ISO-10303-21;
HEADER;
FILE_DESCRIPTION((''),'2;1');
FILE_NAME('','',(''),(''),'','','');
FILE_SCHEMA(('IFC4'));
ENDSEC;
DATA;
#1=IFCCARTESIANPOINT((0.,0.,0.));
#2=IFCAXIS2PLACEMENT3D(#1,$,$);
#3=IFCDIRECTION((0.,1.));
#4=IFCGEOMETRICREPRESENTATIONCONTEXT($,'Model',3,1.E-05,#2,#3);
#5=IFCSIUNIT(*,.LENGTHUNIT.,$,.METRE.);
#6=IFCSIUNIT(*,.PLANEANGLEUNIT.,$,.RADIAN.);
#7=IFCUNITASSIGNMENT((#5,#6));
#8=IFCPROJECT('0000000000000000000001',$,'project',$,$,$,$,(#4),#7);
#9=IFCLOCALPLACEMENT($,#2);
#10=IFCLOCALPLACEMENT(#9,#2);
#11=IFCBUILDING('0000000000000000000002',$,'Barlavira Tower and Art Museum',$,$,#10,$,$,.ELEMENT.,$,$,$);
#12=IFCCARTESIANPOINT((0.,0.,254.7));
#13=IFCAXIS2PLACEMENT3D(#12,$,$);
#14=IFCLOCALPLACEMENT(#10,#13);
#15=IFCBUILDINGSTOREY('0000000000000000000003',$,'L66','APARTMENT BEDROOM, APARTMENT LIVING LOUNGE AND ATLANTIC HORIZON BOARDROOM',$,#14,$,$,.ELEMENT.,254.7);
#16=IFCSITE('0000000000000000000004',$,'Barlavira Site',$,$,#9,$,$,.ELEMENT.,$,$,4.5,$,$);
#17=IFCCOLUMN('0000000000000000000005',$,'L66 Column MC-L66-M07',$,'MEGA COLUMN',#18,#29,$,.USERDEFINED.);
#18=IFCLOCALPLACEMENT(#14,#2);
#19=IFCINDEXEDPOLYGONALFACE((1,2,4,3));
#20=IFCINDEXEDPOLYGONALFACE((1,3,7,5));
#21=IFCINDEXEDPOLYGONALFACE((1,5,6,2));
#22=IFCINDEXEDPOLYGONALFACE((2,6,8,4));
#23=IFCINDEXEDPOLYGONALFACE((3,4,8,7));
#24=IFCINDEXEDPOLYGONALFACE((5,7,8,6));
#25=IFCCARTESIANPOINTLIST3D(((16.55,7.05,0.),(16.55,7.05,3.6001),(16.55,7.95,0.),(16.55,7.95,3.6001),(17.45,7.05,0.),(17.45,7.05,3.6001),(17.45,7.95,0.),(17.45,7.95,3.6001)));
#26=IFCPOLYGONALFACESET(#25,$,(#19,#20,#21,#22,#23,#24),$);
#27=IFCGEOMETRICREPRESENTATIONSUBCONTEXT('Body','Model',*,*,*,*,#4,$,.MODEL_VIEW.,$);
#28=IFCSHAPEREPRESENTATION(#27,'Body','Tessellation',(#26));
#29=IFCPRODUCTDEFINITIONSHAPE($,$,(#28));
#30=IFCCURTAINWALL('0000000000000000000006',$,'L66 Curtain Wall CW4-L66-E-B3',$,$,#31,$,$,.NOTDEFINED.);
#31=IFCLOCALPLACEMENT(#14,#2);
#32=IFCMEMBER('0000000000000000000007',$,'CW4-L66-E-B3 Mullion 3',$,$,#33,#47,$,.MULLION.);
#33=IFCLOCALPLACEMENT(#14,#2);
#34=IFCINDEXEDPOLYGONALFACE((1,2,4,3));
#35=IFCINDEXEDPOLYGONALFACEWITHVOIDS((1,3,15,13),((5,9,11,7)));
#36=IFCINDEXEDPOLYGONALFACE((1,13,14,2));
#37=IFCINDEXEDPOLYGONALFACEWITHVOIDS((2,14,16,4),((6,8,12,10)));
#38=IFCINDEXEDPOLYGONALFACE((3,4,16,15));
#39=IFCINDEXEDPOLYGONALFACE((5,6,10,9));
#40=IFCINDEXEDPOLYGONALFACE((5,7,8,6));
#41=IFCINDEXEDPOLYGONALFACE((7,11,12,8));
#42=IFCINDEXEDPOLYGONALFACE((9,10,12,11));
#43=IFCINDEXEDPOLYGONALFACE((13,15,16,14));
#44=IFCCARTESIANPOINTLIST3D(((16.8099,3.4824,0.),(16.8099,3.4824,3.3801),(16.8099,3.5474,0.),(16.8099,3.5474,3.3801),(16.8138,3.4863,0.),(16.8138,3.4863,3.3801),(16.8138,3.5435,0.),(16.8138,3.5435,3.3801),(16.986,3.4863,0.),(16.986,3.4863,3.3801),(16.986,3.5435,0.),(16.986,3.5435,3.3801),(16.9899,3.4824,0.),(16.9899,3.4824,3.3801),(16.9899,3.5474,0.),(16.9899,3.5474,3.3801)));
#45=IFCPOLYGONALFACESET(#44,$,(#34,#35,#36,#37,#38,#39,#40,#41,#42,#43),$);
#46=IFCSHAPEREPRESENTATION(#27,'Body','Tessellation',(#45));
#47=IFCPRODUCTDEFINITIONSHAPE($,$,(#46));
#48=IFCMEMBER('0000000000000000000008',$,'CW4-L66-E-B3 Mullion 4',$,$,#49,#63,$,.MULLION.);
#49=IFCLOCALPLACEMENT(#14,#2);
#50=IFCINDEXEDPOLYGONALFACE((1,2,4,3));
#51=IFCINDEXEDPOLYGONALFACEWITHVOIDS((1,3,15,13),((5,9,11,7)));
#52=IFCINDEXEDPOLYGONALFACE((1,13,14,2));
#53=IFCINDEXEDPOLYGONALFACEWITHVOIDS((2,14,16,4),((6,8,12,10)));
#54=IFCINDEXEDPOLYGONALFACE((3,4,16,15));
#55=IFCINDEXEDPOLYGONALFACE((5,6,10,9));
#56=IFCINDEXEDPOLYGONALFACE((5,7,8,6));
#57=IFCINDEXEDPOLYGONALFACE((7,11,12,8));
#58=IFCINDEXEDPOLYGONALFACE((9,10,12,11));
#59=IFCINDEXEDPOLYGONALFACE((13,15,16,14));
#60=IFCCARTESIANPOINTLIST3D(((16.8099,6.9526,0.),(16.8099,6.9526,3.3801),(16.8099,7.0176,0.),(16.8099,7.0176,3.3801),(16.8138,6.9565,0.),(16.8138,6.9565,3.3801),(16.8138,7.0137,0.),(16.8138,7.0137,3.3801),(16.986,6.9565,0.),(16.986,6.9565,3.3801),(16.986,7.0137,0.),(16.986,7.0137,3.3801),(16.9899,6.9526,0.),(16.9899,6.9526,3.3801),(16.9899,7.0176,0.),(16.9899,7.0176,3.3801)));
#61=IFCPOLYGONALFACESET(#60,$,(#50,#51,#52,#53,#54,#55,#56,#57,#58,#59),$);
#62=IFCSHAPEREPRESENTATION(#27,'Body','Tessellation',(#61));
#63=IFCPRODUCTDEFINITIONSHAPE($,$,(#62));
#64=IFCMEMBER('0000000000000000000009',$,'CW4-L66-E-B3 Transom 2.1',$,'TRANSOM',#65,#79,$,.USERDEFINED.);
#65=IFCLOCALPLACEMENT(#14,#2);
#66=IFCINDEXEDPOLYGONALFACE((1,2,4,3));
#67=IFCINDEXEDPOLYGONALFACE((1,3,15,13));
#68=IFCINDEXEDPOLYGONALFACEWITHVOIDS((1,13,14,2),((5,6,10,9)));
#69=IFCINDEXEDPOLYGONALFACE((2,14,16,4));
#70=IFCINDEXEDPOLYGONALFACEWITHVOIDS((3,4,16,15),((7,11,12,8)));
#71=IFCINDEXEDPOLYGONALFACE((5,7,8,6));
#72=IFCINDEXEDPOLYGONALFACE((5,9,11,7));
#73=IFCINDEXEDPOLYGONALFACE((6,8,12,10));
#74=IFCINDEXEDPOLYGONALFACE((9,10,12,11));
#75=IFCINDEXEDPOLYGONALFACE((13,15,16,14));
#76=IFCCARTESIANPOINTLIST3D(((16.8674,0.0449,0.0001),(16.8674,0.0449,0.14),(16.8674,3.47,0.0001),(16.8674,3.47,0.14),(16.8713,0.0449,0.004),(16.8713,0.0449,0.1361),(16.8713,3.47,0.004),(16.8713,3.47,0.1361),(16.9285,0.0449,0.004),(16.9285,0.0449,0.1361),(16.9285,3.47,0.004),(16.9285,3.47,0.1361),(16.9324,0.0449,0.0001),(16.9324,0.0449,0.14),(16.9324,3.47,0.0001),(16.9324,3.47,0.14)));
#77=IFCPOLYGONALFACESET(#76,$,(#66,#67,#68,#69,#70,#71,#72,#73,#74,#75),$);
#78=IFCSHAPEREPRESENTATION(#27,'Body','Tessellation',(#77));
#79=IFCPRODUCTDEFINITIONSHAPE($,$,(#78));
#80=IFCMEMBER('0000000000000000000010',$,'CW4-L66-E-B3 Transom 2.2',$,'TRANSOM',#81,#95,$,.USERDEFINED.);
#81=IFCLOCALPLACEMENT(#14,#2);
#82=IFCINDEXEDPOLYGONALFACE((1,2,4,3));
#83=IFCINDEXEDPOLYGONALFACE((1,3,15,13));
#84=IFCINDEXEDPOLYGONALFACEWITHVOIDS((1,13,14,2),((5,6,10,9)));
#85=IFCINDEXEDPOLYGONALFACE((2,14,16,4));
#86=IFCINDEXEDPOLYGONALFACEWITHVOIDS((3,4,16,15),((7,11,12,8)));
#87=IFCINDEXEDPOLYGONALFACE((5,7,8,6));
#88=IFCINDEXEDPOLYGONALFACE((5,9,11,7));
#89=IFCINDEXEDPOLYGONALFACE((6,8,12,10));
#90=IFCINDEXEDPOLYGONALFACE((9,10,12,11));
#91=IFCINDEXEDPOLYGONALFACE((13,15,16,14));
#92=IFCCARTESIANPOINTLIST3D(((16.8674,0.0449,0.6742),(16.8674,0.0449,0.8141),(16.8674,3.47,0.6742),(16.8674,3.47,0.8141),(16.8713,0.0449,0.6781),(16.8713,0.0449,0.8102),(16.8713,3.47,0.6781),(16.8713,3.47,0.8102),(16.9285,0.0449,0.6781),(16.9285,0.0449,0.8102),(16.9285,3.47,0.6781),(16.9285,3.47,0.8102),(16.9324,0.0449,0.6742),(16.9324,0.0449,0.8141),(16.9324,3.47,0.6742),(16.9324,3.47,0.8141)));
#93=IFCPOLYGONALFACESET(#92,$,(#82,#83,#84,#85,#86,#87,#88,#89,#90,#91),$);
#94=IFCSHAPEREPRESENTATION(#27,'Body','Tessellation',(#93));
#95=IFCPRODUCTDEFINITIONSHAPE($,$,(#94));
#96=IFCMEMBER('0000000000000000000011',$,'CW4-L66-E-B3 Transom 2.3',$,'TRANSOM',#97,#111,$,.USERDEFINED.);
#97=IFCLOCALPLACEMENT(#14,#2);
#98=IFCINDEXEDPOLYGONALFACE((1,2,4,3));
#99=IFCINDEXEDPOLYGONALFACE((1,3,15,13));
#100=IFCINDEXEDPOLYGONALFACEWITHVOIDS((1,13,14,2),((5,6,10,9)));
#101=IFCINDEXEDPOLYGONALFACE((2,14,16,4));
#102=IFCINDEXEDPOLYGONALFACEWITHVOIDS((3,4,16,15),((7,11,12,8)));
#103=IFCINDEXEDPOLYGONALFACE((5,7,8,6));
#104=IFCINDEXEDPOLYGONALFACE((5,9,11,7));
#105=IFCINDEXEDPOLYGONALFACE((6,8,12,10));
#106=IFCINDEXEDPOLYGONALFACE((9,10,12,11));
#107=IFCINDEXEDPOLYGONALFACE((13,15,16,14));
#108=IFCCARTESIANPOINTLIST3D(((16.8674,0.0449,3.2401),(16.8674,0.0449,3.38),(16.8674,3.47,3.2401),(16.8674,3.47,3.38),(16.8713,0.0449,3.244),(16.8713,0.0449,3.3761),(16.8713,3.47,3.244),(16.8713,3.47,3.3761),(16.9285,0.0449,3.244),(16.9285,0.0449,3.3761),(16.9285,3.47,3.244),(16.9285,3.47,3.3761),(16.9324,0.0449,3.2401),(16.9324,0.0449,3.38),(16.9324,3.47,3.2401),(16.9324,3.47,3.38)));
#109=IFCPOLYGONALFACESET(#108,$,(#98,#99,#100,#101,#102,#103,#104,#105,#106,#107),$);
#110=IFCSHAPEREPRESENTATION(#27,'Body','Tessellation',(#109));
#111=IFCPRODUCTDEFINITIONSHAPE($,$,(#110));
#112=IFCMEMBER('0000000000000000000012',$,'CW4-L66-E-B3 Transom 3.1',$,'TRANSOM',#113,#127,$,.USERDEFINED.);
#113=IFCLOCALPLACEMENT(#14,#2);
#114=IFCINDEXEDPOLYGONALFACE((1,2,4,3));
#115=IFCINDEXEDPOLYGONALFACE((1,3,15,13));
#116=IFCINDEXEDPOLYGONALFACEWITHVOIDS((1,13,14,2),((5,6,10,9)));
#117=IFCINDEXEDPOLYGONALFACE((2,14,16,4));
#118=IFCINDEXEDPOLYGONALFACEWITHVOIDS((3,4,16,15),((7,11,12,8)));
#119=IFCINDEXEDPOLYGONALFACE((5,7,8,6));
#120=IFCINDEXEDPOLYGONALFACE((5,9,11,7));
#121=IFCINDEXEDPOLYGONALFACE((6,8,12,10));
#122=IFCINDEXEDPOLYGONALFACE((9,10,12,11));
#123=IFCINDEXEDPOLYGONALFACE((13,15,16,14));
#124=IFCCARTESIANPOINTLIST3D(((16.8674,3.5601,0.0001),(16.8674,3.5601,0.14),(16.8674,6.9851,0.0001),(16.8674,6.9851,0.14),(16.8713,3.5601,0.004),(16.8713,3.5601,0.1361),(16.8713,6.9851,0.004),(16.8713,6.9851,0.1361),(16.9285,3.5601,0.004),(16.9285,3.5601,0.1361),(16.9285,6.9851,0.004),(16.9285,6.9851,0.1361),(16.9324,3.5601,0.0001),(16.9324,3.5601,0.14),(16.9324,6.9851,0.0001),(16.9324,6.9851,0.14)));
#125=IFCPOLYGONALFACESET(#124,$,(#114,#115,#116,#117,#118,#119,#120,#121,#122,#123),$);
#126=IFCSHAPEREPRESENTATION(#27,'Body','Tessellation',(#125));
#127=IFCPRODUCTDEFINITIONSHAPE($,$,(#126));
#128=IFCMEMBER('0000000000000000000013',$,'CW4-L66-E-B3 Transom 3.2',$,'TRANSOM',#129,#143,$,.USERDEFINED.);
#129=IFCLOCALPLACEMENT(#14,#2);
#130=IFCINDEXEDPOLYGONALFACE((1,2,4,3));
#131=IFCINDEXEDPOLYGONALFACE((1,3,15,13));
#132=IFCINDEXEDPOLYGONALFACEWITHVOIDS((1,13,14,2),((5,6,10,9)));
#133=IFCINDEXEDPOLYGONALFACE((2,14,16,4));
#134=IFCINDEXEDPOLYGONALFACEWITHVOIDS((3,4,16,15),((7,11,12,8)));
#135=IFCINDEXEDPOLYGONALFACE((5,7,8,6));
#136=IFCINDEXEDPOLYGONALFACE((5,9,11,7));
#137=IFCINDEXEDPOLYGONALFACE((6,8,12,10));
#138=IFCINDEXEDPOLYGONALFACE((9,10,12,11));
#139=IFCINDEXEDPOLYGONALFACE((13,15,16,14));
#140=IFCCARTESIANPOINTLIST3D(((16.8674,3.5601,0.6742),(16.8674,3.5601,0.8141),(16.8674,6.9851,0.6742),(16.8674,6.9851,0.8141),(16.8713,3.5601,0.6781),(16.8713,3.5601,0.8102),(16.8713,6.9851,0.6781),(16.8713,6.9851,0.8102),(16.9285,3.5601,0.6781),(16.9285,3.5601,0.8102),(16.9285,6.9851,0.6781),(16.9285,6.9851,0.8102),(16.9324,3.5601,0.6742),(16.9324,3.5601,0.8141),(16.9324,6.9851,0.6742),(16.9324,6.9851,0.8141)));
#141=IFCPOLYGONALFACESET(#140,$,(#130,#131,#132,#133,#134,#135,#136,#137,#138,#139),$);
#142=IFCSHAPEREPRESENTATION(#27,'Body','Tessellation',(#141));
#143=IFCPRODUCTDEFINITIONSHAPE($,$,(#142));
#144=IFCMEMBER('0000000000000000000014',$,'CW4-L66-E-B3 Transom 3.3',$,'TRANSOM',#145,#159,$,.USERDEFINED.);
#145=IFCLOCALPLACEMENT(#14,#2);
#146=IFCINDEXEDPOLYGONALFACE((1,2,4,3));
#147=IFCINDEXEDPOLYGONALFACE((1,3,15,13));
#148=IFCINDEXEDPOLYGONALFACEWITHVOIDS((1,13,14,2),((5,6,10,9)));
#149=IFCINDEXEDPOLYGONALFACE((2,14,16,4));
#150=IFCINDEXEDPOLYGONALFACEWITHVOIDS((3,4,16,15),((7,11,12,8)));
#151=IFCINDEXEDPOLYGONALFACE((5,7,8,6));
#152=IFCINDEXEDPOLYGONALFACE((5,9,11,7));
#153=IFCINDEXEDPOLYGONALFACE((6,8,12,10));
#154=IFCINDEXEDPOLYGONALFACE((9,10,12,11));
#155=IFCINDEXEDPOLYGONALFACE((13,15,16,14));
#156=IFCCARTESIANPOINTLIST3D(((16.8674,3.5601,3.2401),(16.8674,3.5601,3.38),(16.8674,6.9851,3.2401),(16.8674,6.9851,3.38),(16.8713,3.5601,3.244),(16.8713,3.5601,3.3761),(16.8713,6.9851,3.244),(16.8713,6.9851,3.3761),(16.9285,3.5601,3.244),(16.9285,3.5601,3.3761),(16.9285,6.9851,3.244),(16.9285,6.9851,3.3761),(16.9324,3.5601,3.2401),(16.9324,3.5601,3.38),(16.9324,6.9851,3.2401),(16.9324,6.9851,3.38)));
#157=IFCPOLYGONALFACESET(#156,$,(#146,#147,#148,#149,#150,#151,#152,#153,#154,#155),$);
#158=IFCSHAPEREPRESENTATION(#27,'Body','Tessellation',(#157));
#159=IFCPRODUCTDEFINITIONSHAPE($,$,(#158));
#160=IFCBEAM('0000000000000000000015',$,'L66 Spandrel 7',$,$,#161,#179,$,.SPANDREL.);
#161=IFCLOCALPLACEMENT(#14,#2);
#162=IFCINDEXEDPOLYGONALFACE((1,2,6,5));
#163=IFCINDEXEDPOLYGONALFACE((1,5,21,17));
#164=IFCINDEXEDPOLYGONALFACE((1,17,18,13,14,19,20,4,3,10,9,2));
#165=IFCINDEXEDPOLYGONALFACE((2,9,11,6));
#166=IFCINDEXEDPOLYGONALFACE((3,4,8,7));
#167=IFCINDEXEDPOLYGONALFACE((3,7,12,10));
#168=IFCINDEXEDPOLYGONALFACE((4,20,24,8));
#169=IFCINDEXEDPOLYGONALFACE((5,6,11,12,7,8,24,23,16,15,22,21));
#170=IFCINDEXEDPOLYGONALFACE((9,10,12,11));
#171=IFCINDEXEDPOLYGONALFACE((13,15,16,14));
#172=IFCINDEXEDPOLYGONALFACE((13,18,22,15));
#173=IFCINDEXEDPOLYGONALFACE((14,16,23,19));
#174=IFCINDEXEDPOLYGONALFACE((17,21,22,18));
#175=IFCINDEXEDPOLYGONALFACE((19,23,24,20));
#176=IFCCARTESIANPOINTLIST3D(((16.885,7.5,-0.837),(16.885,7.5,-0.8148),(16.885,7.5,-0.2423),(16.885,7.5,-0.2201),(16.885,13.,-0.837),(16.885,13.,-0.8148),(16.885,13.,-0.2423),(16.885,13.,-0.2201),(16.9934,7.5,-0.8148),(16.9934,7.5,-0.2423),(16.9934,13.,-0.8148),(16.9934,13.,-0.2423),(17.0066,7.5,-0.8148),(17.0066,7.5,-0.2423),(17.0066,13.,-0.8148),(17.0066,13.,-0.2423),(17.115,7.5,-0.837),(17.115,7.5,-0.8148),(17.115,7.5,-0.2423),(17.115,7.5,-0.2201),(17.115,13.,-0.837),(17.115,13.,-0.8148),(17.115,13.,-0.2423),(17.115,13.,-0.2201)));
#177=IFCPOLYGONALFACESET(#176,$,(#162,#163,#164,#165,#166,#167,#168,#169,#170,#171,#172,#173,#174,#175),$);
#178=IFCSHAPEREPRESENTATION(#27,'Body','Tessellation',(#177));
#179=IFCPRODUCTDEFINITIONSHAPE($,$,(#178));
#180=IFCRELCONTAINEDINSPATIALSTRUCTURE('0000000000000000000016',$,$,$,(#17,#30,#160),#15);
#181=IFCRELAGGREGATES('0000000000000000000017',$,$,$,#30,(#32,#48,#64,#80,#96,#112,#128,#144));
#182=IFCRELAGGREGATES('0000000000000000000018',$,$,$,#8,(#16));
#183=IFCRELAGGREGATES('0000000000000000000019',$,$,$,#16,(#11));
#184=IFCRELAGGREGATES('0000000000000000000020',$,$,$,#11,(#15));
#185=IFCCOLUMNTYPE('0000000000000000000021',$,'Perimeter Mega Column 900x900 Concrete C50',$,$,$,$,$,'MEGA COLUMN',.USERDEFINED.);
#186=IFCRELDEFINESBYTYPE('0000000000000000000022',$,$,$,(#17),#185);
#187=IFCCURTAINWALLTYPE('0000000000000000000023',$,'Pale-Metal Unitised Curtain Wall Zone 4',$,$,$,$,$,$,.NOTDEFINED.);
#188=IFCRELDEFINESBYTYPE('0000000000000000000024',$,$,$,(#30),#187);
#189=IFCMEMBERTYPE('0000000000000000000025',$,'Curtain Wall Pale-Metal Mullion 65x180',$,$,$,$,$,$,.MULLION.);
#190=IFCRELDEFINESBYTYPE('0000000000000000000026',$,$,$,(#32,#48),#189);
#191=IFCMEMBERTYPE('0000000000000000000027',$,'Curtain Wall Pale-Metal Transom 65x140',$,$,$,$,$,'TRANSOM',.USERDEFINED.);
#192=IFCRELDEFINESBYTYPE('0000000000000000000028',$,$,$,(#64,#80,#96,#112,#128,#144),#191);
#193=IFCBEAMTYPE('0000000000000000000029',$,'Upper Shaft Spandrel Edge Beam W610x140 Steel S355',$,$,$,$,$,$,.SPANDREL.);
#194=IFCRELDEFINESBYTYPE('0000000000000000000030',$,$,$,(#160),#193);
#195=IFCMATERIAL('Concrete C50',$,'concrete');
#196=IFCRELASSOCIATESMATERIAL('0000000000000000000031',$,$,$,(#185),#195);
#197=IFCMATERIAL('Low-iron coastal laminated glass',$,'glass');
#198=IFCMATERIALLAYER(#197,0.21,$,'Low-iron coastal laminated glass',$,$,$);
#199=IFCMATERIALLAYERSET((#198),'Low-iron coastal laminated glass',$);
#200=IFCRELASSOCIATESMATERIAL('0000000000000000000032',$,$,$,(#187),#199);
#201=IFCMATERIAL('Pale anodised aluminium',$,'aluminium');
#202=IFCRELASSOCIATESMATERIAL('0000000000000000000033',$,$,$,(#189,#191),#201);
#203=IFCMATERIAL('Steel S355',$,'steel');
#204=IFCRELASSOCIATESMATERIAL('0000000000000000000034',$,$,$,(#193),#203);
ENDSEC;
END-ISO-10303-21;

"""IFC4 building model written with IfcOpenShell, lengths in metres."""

from ifc_helpers import new_model, si_unit, direction, frame, origin, origin_2d, place, context, subcontext, project, spatial, rectangle, hollow_rectangle, i_section, extrude, material, layer, layer_set, material_profile, profile_set, type_object, element, aggregate, save


model = new_model("IFC4")

# Units and contexts
model_context = context("Model", 3, precision=1e-05, world=origin(), true_north=direction((0.0, 1.0)))
body_context = subcontext(model_context, "Body", "Model", "MODEL_VIEW")
ifc_project = project(units=[si_unit("LENGTHUNIT", "METRE"), si_unit("PLANEANGLEUNIT", "RADIAN")], contexts=[model_context])

# Site, building, storey
site_placement = place(None, origin())
site = spatial("IfcSite", under=ifc_project, at=site_placement, Name="Barlavira Site", CompositionType="ELEMENT", RefElevation=4.5)
building_placement = place(site_placement, origin())
building = spatial("IfcBuilding", under=site, at=building_placement, Name="Barlavira Tower and Art Museum", CompositionType="ELEMENT")
storey_placement = place(building_placement, frame((0.0, 0.0, 254.7)))
storey = spatial("IfcBuildingStorey", under=building, at=storey_placement, Name="L66", Description="APARTMENT BEDROOM, APARTMENT LIVING LOUNGE AND ATLANTIC HORIZON BOARDROOM", CompositionType="ELEMENT", Elevation=254.7)

# Column
ifc_material_1 = material(Name="Concrete C50", Category="concrete")
ifc_material_profile_1 = material_profile(ifc_material_1, rectangle(XDim=0.8999, YDim=0.8999, at=origin_2d()), Name="RC-COL 900x900")
ifc_profile_set_1 = profile_set([ifc_material_profile_1], Name="Concrete C50")
column_type = type_object("IfcColumnType", Name="Perimeter Mega Column 900x900 Concrete C50", ElementType="MEGA COLUMN", PredefinedType="USERDEFINED", material=ifc_profile_set_1)
column_placement = place(storey_placement, frame((17.0, 7.5, 0.0), z_axis=(0.0, 0.0, 1.0), x_axis=(1.0, 0.0, 0.0)))
element("IfcColumn", 1, at=column_placement, inside=storey, type_object=column_type, Name="L66 Column MC-L66-M07", ObjectType="MEGA COLUMN", PredefinedType="USERDEFINED", context=body_context, shape_type="SweptSolid", body=[
    extrude(rectangle(XDim=0.8999, YDim=0.8999, at=origin_2d()), origin(), (0.0, 0.0, 1.0), 3.6001),
])

# Curtain wall, members
ifc_material_2 = material(Name="Low-iron coastal laminated glass", Category="glass")
ifc_layer_1 = layer(ifc_material_2, 0.21, Name="Low-iron coastal laminated glass")
ifc_layer_set_1 = layer_set([ifc_layer_1], Name="Low-iron coastal laminated glass")
curtain_wall_type = type_object("IfcCurtainWallType", Name="Pale-Metal Unitised Curtain Wall Zone 4", PredefinedType="NOTDEFINED", material=ifc_layer_set_1)
curtain_wall_placement = place(storey_placement, origin())
curtain_wall = element("IfcCurtainWall", 2, at=curtain_wall_placement, inside=storey, type_object=curtain_wall_type, Name="L66 Curtain Wall CW4-L66-E-B3", PredefinedType="NOTDEFINED")
ifc_material_3 = material(Name="Pale anodised aluminium", Category="aluminium")
ifc_material_profile_2 = material_profile(ifc_material_3, hollow_rectangle(XDim=0.0649, YDim=0.1799, WallThickness=0.0039, at=origin_2d()), Name="ALU-MULL 65x180x4")
ifc_profile_set_2 = profile_set([ifc_material_profile_2], Name="Pale anodised aluminium")
member_type_1 = type_object("IfcMemberType", Name="Curtain Wall Pale-Metal Mullion 65x180", PredefinedType="MULLION", material=ifc_profile_set_2)
member_1_placement = place(storey_placement, frame((16.8999, 3.5149, 0.0), z_axis=(0.0, 0.0, 1.0), x_axis=(0.0, 1.0, 0.0)))
member_1 = element("IfcMember", 3, at=member_1_placement, type_object=member_type_1, Name="CW4-L66-E-B3 Mullion 3", PredefinedType="MULLION", context=body_context, shape_type="SweptSolid", body=[
    extrude(hollow_rectangle(XDim=0.0649, YDim=0.1799, WallThickness=0.0039, at=origin_2d()), origin(), (0.0, 0.0, 1.0), 3.3801),
])
member_2_placement = place(storey_placement, frame((16.8999, 6.9851, 0.0), z_axis=(0.0, 0.0, 1.0), x_axis=(0.0, 1.0, 0.0)))
member_2 = element("IfcMember", 4, at=member_2_placement, type_object=member_type_1, Name="CW4-L66-E-B3 Mullion 4", PredefinedType="MULLION", context=body_context, shape_type="SweptSolid", body=[
    extrude(hollow_rectangle(XDim=0.0649, YDim=0.1799, WallThickness=0.0039, at=origin_2d()), origin(), (0.0, 0.0, 1.0), 3.3801),
])
ifc_material_profile_3 = material_profile(ifc_material_3, hollow_rectangle(XDim=0.0649, YDim=0.1399, WallThickness=0.0039, at=origin_2d()), Name="ALU-TRAN 65x140x4")
ifc_profile_set_3 = profile_set([ifc_material_profile_3], Name="Pale anodised aluminium")
member_type_2 = type_object("IfcMemberType", Name="Curtain Wall Pale-Metal Transom 65x140", ElementType="TRANSOM", PredefinedType="USERDEFINED", material=ifc_profile_set_3)
member_3_placement = place(storey_placement, frame((16.8999, 0.0449, 0.0701), z_axis=(0.0, 1.0, 0.0), x_axis=(-1.0, 0.0, 0.0)))
member_3 = element("IfcMember", 5, at=member_3_placement, type_object=member_type_2, Name="CW4-L66-E-B3 Transom 2.1", ObjectType="TRANSOM", PredefinedType="USERDEFINED", context=body_context, shape_type="SweptSolid", body=[
    extrude(hollow_rectangle(XDim=0.0649, YDim=0.1399, WallThickness=0.0039, at=origin_2d()), origin(), (0.0, 0.0, 1.0), 3.425),
])
member_4_placement = place(storey_placement, frame((16.8999, 0.0449, 0.7441), z_axis=(0.0, 1.0, 0.0), x_axis=(-1.0, 0.0, 0.0)))
member_4 = element("IfcMember", 6, at=member_4_placement, type_object=member_type_2, Name="CW4-L66-E-B3 Transom 2.2", ObjectType="TRANSOM", PredefinedType="USERDEFINED", context=body_context, shape_type="SweptSolid", body=[
    extrude(hollow_rectangle(XDim=0.0649, YDim=0.1399, WallThickness=0.0039, at=origin_2d()), origin(), (0.0, 0.0, 1.0), 3.425),
])
member_5_placement = place(storey_placement, frame((16.8999, 0.0449, 3.3101), z_axis=(0.0, 1.0, 0.0), x_axis=(-1.0, 0.0, 0.0)))
member_5 = element("IfcMember", 7, at=member_5_placement, type_object=member_type_2, Name="CW4-L66-E-B3 Transom 2.3", ObjectType="TRANSOM", PredefinedType="USERDEFINED", context=body_context, shape_type="SweptSolid", body=[
    extrude(hollow_rectangle(XDim=0.0649, YDim=0.1399, WallThickness=0.0039, at=origin_2d()), origin(), (0.0, 0.0, 1.0), 3.425),
])
member_6_placement = place(storey_placement, frame((16.8999, 3.5601, 0.0701), z_axis=(0.0, 1.0, 0.0), x_axis=(-1.0, 0.0, 0.0)))
member_6 = element("IfcMember", 8, at=member_6_placement, type_object=member_type_2, Name="CW4-L66-E-B3 Transom 3.1", ObjectType="TRANSOM", PredefinedType="USERDEFINED", context=body_context, shape_type="SweptSolid", body=[
    extrude(hollow_rectangle(XDim=0.0649, YDim=0.1399, WallThickness=0.0039, at=origin_2d()), origin(), (0.0, 0.0, 1.0), 3.425),
])
member_7_placement = place(storey_placement, frame((16.8999, 3.5601, 0.7441), z_axis=(0.0, 1.0, 0.0), x_axis=(-1.0, 0.0, 0.0)))
member_7 = element("IfcMember", 9, at=member_7_placement, type_object=member_type_2, Name="CW4-L66-E-B3 Transom 3.2", ObjectType="TRANSOM", PredefinedType="USERDEFINED", context=body_context, shape_type="SweptSolid", body=[
    extrude(hollow_rectangle(XDim=0.0649, YDim=0.1399, WallThickness=0.0039, at=origin_2d()), origin(), (0.0, 0.0, 1.0), 3.425),
])
member_8_placement = place(storey_placement, frame((16.8999, 3.5601, 3.3101), z_axis=(0.0, 1.0, 0.0), x_axis=(-1.0, 0.0, 0.0)))
member_8 = element("IfcMember", 10, at=member_8_placement, type_object=member_type_2, Name="CW4-L66-E-B3 Transom 3.3", ObjectType="TRANSOM", PredefinedType="USERDEFINED", context=body_context, shape_type="SweptSolid", body=[
    extrude(hollow_rectangle(XDim=0.0649, YDim=0.1399, WallThickness=0.0039, at=origin_2d()), origin(), (0.0, 0.0, 1.0), 3.425),
])

# Beam
ifc_material_4 = material(Name="Steel S355", Category="steel")
ifc_material_profile_4 = material_profile(ifc_material_4, i_section(OverallWidth=0.23, OverallDepth=0.6169, WebThickness=0.0132, FlangeThickness=0.0222, at=origin_2d()), Name="W610x140.0")
ifc_profile_set_4 = profile_set([ifc_material_profile_4], Name="Steel S355")
beam_type = type_object("IfcBeamType", Name="Upper Shaft Spandrel Edge Beam W610x140 Steel S355", PredefinedType="SPANDREL", material=ifc_profile_set_4)
beam_placement = place(storey_placement, frame((17.0, 7.5, -0.5286), z_axis=(0.0, 1.0, 0.0), x_axis=(-1.0, 0.0, 0.0)))
element("IfcBeam", 11, at=beam_placement, inside=storey, type_object=beam_type, Name="L66 Spandrel 7", PredefinedType="SPANDREL", context=body_context, shape_type="SweptSolid", body=[
    extrude(i_section(OverallWidth=0.23, OverallDepth=0.6169, WebThickness=0.0132, FlangeThickness=0.0222, at=origin_2d()), origin(), (0.0, 0.0, 1.0), 5.5),
])

aggregate(curtain_wall, [member_1, member_2, member_3, member_4, member_5, member_6, member_7, member_8])

save(model, "model.ifc")
